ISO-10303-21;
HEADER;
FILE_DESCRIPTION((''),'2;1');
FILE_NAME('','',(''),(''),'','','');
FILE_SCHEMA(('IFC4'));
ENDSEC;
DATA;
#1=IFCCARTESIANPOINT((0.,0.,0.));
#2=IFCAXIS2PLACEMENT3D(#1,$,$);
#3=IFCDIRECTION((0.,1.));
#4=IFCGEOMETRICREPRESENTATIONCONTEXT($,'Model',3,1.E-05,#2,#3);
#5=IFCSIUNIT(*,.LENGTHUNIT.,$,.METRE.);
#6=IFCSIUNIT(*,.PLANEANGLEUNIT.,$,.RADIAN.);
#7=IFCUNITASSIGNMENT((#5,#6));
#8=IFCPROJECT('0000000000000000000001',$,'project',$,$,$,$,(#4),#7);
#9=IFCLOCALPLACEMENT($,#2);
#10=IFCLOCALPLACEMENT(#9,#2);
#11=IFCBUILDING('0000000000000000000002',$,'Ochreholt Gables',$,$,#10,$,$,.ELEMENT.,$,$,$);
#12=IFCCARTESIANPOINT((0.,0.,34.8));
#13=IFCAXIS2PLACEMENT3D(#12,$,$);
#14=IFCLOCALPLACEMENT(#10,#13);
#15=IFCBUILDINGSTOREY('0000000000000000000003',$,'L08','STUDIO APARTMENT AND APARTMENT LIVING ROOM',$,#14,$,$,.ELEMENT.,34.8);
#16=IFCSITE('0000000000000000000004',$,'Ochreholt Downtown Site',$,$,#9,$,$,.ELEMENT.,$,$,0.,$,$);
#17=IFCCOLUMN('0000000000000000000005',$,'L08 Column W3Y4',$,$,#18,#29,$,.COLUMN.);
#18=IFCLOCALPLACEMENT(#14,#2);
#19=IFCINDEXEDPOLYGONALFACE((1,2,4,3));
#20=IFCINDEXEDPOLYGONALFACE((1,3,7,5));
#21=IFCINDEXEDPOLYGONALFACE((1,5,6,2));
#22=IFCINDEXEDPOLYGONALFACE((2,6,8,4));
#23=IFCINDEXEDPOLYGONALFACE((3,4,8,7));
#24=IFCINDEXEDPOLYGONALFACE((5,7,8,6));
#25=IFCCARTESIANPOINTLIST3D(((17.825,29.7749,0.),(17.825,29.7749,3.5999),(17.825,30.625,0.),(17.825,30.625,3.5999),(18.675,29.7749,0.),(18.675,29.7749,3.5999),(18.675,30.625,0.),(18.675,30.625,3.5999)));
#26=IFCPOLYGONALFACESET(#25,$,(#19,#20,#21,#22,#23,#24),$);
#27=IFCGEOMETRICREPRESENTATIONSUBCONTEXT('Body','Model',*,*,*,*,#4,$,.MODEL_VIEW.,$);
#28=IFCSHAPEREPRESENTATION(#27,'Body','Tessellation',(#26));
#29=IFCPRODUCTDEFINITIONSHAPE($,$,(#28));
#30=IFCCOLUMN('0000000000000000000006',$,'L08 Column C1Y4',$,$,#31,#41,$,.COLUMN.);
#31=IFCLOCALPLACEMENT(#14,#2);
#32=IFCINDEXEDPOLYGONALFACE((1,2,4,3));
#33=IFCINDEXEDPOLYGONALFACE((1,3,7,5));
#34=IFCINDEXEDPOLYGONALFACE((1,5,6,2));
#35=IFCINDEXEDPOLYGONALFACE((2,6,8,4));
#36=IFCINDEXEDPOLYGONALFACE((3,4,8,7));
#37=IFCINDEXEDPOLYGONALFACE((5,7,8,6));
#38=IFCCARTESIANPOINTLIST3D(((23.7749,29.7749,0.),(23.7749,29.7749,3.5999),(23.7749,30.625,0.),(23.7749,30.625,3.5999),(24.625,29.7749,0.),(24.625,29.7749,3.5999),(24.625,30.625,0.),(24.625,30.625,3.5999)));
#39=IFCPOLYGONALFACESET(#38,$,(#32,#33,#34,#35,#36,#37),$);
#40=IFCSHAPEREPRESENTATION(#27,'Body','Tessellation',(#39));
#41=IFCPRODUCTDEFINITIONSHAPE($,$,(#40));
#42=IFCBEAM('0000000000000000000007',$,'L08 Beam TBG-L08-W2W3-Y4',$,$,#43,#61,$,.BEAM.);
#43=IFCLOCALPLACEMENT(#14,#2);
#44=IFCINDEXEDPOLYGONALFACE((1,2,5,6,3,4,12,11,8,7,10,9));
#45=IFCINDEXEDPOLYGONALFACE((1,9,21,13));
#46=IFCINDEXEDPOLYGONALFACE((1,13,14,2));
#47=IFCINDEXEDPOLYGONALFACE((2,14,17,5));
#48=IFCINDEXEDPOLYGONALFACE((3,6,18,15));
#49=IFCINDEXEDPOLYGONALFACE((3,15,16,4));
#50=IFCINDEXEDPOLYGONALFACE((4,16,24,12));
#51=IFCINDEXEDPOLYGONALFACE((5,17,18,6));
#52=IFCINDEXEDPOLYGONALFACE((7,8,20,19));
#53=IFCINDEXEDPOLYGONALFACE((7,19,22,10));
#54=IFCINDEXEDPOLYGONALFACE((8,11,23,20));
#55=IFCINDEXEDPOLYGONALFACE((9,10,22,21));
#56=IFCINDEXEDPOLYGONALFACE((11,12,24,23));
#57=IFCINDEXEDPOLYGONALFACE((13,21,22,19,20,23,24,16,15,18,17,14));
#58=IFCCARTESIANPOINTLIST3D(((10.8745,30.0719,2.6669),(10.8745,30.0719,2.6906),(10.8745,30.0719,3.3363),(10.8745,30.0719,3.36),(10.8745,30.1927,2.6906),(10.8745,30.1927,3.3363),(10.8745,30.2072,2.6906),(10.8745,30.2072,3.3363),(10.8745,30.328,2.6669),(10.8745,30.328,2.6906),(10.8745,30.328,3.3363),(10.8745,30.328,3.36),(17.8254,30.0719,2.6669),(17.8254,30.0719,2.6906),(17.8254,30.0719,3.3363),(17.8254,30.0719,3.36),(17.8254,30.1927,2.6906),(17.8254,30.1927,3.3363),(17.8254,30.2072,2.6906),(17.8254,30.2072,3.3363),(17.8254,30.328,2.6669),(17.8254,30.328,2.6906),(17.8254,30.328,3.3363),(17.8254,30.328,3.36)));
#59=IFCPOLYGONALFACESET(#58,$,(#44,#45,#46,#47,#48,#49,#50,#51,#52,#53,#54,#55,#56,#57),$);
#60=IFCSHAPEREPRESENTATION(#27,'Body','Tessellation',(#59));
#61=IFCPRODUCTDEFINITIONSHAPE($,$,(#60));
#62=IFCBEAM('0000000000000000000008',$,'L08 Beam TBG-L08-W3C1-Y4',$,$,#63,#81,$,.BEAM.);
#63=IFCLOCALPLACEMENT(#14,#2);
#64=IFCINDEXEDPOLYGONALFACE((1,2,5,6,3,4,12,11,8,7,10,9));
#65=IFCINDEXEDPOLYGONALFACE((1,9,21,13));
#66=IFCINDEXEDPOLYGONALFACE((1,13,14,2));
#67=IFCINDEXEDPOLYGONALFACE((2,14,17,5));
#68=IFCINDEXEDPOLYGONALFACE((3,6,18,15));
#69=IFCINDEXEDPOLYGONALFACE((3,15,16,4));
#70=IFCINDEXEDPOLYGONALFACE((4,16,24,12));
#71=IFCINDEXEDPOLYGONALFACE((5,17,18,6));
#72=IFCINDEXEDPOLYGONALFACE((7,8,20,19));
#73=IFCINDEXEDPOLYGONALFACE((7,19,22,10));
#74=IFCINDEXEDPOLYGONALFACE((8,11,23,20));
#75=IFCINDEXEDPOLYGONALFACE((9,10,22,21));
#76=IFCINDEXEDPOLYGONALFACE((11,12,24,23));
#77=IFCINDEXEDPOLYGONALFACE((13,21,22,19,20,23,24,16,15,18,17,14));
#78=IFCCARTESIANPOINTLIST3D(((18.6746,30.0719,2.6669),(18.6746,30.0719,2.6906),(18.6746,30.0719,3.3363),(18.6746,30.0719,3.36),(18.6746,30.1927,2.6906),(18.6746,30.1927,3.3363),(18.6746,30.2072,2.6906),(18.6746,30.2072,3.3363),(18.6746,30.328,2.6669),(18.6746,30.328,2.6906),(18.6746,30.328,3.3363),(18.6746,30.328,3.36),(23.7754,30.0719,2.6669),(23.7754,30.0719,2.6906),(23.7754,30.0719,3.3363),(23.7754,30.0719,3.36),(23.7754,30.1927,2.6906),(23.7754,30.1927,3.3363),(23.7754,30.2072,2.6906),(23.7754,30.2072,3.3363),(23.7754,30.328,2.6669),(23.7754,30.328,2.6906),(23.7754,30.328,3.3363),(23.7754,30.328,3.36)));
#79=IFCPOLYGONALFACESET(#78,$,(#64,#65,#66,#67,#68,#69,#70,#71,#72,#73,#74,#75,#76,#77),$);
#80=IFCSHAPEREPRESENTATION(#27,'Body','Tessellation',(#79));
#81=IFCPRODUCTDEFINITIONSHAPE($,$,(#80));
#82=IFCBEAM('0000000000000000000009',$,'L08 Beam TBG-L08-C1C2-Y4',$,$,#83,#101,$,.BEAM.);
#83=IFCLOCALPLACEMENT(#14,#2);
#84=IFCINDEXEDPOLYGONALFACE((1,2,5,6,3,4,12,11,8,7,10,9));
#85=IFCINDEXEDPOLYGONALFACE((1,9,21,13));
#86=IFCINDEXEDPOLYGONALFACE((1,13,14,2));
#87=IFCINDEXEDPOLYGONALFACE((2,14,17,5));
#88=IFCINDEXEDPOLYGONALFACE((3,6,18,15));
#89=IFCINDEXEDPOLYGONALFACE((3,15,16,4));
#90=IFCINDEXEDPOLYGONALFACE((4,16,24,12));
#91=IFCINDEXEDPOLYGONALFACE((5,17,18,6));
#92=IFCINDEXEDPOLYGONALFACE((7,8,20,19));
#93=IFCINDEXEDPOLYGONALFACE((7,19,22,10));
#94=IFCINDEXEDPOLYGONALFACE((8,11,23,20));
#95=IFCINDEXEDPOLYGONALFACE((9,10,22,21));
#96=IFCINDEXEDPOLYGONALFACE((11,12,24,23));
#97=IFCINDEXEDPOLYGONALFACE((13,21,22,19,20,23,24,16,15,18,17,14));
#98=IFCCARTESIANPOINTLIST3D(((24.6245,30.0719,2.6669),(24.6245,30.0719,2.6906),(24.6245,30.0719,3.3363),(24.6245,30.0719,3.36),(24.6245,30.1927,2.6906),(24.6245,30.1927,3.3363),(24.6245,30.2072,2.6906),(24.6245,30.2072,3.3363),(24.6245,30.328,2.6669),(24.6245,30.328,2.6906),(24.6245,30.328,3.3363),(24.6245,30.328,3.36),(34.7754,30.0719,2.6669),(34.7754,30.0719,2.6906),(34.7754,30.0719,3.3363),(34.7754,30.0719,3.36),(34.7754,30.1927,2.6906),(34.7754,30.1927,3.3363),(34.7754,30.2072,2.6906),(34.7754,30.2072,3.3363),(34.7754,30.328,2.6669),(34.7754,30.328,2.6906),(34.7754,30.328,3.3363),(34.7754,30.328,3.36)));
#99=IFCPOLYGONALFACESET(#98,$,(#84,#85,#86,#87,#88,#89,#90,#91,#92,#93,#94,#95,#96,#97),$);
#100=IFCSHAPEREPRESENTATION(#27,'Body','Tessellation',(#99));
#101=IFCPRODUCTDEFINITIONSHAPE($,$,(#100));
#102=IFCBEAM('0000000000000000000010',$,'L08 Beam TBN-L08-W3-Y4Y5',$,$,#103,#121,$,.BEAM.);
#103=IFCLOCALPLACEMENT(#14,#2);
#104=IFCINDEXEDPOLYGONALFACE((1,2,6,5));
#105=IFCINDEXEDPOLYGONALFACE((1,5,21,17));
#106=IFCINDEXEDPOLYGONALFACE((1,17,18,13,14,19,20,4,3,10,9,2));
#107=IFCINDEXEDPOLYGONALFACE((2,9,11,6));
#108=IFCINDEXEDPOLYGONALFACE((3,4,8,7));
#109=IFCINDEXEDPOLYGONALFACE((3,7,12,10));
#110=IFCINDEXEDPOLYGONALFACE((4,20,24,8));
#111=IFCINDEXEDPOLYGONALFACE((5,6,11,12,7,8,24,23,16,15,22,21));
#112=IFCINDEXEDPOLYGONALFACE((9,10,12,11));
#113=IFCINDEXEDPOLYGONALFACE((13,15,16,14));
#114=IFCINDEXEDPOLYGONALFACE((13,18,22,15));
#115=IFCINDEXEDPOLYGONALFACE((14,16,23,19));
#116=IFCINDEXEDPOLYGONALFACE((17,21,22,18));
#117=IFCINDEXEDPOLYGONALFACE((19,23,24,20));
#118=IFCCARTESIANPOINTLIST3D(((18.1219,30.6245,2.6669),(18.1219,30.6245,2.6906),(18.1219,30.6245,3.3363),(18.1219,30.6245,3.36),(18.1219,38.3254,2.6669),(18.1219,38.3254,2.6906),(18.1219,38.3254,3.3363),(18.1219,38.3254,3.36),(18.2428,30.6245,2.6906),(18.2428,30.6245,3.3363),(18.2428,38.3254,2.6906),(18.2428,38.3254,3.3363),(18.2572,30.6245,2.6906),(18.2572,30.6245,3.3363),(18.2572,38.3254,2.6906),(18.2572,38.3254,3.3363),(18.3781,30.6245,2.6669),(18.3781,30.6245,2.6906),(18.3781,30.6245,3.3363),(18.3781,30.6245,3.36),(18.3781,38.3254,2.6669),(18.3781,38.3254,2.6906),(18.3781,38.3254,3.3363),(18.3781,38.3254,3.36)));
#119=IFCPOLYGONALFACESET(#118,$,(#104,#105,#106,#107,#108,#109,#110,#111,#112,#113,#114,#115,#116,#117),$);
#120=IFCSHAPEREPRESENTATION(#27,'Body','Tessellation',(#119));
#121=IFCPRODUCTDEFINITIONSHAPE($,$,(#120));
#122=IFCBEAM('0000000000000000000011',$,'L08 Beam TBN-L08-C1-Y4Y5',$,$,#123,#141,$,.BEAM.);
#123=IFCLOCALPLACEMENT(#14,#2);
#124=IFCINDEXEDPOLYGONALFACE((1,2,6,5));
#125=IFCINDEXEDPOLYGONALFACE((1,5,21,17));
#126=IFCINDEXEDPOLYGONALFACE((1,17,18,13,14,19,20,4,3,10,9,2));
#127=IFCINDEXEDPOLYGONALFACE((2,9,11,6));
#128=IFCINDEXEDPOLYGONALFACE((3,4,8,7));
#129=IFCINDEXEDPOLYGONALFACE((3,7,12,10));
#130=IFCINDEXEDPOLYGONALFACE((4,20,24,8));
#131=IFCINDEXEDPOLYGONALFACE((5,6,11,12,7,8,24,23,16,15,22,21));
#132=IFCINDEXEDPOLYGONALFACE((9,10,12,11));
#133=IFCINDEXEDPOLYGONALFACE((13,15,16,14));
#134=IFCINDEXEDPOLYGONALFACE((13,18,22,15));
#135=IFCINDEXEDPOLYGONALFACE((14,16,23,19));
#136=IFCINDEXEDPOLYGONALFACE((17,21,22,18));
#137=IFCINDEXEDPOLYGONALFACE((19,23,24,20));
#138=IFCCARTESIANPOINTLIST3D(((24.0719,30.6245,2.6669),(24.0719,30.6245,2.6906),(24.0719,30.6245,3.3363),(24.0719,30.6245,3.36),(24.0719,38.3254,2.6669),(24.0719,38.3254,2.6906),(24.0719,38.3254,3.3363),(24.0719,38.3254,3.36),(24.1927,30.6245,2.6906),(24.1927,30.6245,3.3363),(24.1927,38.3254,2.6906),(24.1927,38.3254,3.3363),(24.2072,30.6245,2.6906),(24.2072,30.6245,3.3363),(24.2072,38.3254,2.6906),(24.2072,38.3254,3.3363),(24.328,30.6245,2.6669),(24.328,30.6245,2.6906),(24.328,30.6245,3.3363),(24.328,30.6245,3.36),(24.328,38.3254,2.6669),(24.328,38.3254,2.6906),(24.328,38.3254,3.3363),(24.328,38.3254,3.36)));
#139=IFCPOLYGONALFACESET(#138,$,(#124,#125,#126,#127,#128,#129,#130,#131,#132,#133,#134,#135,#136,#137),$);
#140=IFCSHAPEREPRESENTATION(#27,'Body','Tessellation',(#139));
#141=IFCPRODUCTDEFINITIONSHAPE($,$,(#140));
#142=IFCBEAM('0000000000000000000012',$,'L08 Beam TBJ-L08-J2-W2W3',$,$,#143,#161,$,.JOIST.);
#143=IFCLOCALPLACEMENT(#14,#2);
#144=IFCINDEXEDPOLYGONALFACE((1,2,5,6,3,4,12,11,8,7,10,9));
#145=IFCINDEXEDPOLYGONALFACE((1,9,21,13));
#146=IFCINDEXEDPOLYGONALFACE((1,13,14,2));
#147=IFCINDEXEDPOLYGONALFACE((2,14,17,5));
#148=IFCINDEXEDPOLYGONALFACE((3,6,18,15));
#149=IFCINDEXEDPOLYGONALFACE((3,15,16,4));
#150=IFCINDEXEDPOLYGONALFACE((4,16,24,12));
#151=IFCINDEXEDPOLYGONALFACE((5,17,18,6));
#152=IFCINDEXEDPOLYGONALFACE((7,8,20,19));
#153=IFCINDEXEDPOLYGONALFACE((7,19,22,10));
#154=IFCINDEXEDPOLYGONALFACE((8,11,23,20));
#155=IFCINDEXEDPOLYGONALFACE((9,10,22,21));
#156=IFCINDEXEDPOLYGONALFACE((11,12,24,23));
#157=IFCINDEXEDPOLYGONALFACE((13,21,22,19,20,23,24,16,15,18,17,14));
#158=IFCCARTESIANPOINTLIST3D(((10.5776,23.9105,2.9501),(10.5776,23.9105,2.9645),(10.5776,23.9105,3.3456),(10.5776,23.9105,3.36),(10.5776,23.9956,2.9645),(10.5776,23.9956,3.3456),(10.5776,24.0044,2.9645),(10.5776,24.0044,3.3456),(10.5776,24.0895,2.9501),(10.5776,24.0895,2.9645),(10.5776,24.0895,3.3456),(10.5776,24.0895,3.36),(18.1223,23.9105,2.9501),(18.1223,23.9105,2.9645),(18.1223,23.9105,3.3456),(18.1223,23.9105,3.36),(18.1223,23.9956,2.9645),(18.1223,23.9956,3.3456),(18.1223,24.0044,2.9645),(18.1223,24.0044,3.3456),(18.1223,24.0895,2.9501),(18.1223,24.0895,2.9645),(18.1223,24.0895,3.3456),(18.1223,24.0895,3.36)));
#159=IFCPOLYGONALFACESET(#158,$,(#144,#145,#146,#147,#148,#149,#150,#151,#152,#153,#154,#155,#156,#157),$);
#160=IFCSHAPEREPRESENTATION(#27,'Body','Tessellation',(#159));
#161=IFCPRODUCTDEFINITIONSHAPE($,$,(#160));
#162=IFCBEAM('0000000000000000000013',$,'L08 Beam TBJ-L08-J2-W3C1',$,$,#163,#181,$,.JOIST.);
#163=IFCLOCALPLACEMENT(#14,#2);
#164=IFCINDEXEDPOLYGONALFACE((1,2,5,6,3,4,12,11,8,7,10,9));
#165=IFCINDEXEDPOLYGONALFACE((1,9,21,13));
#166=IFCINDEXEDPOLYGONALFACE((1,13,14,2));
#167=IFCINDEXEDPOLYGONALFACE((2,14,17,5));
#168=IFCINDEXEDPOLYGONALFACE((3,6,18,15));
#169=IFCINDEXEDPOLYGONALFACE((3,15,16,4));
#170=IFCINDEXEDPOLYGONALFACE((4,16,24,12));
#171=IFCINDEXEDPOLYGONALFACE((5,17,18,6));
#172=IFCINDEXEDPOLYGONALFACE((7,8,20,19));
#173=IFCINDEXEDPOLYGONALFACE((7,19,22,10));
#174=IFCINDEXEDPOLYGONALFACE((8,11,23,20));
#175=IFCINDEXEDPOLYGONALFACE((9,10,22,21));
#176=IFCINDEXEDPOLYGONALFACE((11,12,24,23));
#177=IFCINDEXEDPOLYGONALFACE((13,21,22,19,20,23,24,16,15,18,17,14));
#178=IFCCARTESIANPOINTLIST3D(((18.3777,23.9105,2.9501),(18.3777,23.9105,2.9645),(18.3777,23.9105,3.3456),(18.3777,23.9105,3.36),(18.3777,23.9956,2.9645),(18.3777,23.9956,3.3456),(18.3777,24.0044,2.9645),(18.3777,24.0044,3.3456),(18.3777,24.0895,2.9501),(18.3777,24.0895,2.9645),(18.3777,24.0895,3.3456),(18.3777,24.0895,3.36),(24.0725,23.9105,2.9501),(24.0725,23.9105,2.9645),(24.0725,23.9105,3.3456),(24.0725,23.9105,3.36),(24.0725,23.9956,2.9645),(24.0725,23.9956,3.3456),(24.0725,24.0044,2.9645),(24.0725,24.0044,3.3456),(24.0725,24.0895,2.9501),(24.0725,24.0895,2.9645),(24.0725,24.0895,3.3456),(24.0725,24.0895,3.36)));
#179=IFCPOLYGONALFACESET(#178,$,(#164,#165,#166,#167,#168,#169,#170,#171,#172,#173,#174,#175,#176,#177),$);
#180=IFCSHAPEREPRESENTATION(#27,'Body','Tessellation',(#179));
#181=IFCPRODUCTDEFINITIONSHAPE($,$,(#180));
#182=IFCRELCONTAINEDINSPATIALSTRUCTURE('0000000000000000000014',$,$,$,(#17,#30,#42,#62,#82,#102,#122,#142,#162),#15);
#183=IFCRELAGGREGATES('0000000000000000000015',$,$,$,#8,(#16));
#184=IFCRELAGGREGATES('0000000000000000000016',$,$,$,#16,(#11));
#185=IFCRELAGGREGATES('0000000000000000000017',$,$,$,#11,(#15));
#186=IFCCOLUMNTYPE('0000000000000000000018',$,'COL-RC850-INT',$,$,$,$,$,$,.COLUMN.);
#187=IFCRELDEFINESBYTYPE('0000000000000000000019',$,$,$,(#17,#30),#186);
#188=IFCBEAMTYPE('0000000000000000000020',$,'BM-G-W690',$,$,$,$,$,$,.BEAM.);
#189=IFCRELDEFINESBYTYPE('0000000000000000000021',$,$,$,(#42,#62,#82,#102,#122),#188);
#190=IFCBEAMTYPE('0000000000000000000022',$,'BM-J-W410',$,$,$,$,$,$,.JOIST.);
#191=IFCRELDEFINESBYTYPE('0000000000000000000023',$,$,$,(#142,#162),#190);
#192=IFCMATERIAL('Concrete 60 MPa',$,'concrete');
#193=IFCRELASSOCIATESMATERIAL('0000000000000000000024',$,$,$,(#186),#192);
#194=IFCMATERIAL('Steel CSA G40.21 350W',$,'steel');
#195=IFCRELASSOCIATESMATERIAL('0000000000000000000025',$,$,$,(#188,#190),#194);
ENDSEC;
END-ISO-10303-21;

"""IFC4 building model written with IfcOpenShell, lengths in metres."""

from ifc_helpers import new_model, si_unit, direction, frame, origin, origin_2d, place, context, subcontext, project, spatial, rectangle, i_section, extrude, material, material_profile, profile_set, type_object, element, save


model = new_model("IFC4")

# Units and contexts
model_context = context("Model", 3, precision=1e-05, world=origin(), true_north=direction((0.0, 1.0)))
body_context = subcontext(model_context, "Body", "Model", "MODEL_VIEW")
ifc_project = project(units=[si_unit("LENGTHUNIT", "METRE"), si_unit("PLANEANGLEUNIT", "RADIAN")], contexts=[model_context])

# Site, building, storey
site_placement = place(None, origin())
site = spatial("IfcSite", under=ifc_project, at=site_placement, Name="Ochreholt Downtown Site", CompositionType="ELEMENT", RefElevation=0.0)
building_placement = place(site_placement, origin())
building = spatial("IfcBuilding", under=site, at=building_placement, Name="Ochreholt Gables", CompositionType="ELEMENT")
storey_placement = place(building_placement, frame((0.0, 0.0, 34.8)))
storey = spatial("IfcBuildingStorey", under=building, at=storey_placement, Name="L08", Description="STUDIO APARTMENT AND APARTMENT LIVING ROOM", CompositionType="ELEMENT", Elevation=34.8)

# Columns
ifc_material_1 = material(Name="Concrete 60 MPa", Category="concrete")
ifc_material_profile_1 = material_profile(ifc_material_1, rectangle(XDim=0.8501, YDim=0.8501, at=origin_2d()), Name="RC850X850")
ifc_profile_set_1 = profile_set([ifc_material_profile_1], Name="Concrete 60 MPa")
column_type = type_object("IfcColumnType", Name="COL-RC850-INT", PredefinedType="COLUMN", material=ifc_profile_set_1)
for number, where, z_axis, x_axis, name in (
    (1, (18.25, 30.2, 0.0), (0.0, 0.0, 1.0), (1.0, 0.0, 0.0), "L08 Column W3Y4"),
    (2, (24.2, 30.2, 0.0), (0.0, 0.0, 1.0), (1.0, 0.0, 0.0), "L08 Column C1Y4"),
):
    element("IfcColumn", number, at=place(storey_placement, frame(where, z_axis=z_axis, x_axis=x_axis)), inside=storey, type_object=column_type, Name=name, PredefinedType="COLUMN", context=body_context, shape_type="SweptSolid", body=[
        extrude(rectangle(XDim=0.8501, YDim=0.8501, at=origin_2d()), origin(), (0.0, 0.0, 1.0), 3.5999),
    ])

# Beams
ifc_material_2 = material(Name="Steel CSA G40.21 350W", Category="steel")
ifc_material_profile_2 = material_profile(ifc_material_2, i_section(OverallWidth=0.2561, OverallDepth=0.6931, WebThickness=0.0144, FlangeThickness=0.0237, at=origin_2d()), Name="W690X170")
ifc_profile_set_2 = profile_set([ifc_material_profile_2], Name="Steel CSA G40.21 350W")
beam_type_1 = type_object("IfcBeamType", Name="BM-G-W690", PredefinedType="BEAM", material=ifc_profile_set_2)
beam_1_placement = place(storey_placement, frame((10.8745, 30.2, 3.0134), z_axis=(1.0, 0.0, 0.0), x_axis=(0.0, 1.0, 0.0)))
element("IfcBeam", 3, at=beam_1_placement, inside=storey, type_object=beam_type_1, Name="L08 Beam TBG-L08-W2W3-Y4", PredefinedType="BEAM", context=body_context, shape_type="SweptSolid", body=[
    extrude(i_section(OverallWidth=0.2561, OverallDepth=0.6931, WebThickness=0.0144, FlangeThickness=0.0237, at=origin_2d()), origin(), (0.0, 0.0, 1.0), 6.9509),
])
beam_2_placement = place(storey_placement, frame((18.6746, 30.2, 3.0134), z_axis=(1.0, 0.0, 0.0), x_axis=(0.0, 1.0, 0.0)))
element("IfcBeam", 4, at=beam_2_placement, inside=storey, type_object=beam_type_1, Name="L08 Beam TBG-L08-W3C1-Y4", PredefinedType="BEAM", context=body_context, shape_type="SweptSolid", body=[
    extrude(i_section(OverallWidth=0.2561, OverallDepth=0.6931, WebThickness=0.0144, FlangeThickness=0.0237, at=origin_2d()), origin(), (0.0, 0.0, 1.0), 5.1008),
])
beam_3_placement = place(storey_placement, frame((24.6245, 30.2, 3.0134), z_axis=(1.0, 0.0, 0.0), x_axis=(0.0, 1.0, 0.0)))
element("IfcBeam", 5, at=beam_3_placement, inside=storey, type_object=beam_type_1, Name="L08 Beam TBG-L08-C1C2-Y4", PredefinedType="BEAM", context=body_context, shape_type="SweptSolid", body=[
    extrude(i_section(OverallWidth=0.2561, OverallDepth=0.6931, WebThickness=0.0144, FlangeThickness=0.0237, at=origin_2d()), origin(), (0.0, 0.0, 1.0), 10.1509),
])
for number, where, z_axis, x_axis, name in (
    (6, (18.25, 30.6245, 3.0134), (0.0, 1.0, 0.0), (-1.0, 0.0, 0.0), "L08 Beam TBN-L08-W3-Y4Y5"),
    (7, (24.2, 30.6245, 3.0134), (0.0, 1.0, 0.0), (-1.0, 0.0, 0.0), "L08 Beam TBN-L08-C1-Y4Y5"),
):
    element("IfcBeam", number, at=place(storey_placement, frame(where, z_axis=z_axis, x_axis=x_axis)), inside=storey, type_object=beam_type_1, Name=name, PredefinedType="BEAM", context=body_context, shape_type="SweptSolid", body=[
        extrude(i_section(OverallWidth=0.2561, OverallDepth=0.6931, WebThickness=0.0144, FlangeThickness=0.0237, at=origin_2d()), origin(), (0.0, 0.0, 1.0), 7.7009),
    ])
ifc_material_profile_3 = material_profile(ifc_material_2, i_section(OverallWidth=0.179, OverallDepth=0.4099, WebThickness=0.0088, FlangeThickness=0.0144, at=origin_2d()), Name="W410X67")
ifc_profile_set_3 = profile_set([ifc_material_profile_3], Name="Steel CSA G40.21 350W")
beam_type_2 = type_object("IfcBeamType", Name="BM-J-W410", PredefinedType="JOIST", material=ifc_profile_set_3)
beam_4_placement = place(storey_placement, frame((10.5776, 24.0, 3.155), z_axis=(1.0, 0.0, 0.0), x_axis=(0.0, 1.0, 0.0)))
element("IfcBeam", 8, at=beam_4_placement, inside=storey, type_object=beam_type_2, Name="L08 Beam TBJ-L08-J2-W2W3", PredefinedType="JOIST", context=body_context, shape_type="SweptSolid", body=[
    extrude(i_section(OverallWidth=0.179, OverallDepth=0.4099, WebThickness=0.0088, FlangeThickness=0.0144, at=origin_2d()), origin(), (0.0, 0.0, 1.0), 7.5447),
])
beam_5_placement = place(storey_placement, frame((18.3777, 24.0, 3.155), z_axis=(1.0, 0.0, 0.0), x_axis=(0.0, 1.0, 0.0)))
element("IfcBeam", 9, at=beam_5_placement, inside=storey, type_object=beam_type_2, Name="L08 Beam TBJ-L08-J2-W3C1", PredefinedType="JOIST", context=body_context, shape_type="SweptSolid", body=[
    extrude(i_section(OverallWidth=0.179, OverallDepth=0.4099, WebThickness=0.0088, FlangeThickness=0.0144, at=origin_2d()), origin(), (0.0, 0.0, 1.0), 5.6948),
])

save(model, "model.ifc")
